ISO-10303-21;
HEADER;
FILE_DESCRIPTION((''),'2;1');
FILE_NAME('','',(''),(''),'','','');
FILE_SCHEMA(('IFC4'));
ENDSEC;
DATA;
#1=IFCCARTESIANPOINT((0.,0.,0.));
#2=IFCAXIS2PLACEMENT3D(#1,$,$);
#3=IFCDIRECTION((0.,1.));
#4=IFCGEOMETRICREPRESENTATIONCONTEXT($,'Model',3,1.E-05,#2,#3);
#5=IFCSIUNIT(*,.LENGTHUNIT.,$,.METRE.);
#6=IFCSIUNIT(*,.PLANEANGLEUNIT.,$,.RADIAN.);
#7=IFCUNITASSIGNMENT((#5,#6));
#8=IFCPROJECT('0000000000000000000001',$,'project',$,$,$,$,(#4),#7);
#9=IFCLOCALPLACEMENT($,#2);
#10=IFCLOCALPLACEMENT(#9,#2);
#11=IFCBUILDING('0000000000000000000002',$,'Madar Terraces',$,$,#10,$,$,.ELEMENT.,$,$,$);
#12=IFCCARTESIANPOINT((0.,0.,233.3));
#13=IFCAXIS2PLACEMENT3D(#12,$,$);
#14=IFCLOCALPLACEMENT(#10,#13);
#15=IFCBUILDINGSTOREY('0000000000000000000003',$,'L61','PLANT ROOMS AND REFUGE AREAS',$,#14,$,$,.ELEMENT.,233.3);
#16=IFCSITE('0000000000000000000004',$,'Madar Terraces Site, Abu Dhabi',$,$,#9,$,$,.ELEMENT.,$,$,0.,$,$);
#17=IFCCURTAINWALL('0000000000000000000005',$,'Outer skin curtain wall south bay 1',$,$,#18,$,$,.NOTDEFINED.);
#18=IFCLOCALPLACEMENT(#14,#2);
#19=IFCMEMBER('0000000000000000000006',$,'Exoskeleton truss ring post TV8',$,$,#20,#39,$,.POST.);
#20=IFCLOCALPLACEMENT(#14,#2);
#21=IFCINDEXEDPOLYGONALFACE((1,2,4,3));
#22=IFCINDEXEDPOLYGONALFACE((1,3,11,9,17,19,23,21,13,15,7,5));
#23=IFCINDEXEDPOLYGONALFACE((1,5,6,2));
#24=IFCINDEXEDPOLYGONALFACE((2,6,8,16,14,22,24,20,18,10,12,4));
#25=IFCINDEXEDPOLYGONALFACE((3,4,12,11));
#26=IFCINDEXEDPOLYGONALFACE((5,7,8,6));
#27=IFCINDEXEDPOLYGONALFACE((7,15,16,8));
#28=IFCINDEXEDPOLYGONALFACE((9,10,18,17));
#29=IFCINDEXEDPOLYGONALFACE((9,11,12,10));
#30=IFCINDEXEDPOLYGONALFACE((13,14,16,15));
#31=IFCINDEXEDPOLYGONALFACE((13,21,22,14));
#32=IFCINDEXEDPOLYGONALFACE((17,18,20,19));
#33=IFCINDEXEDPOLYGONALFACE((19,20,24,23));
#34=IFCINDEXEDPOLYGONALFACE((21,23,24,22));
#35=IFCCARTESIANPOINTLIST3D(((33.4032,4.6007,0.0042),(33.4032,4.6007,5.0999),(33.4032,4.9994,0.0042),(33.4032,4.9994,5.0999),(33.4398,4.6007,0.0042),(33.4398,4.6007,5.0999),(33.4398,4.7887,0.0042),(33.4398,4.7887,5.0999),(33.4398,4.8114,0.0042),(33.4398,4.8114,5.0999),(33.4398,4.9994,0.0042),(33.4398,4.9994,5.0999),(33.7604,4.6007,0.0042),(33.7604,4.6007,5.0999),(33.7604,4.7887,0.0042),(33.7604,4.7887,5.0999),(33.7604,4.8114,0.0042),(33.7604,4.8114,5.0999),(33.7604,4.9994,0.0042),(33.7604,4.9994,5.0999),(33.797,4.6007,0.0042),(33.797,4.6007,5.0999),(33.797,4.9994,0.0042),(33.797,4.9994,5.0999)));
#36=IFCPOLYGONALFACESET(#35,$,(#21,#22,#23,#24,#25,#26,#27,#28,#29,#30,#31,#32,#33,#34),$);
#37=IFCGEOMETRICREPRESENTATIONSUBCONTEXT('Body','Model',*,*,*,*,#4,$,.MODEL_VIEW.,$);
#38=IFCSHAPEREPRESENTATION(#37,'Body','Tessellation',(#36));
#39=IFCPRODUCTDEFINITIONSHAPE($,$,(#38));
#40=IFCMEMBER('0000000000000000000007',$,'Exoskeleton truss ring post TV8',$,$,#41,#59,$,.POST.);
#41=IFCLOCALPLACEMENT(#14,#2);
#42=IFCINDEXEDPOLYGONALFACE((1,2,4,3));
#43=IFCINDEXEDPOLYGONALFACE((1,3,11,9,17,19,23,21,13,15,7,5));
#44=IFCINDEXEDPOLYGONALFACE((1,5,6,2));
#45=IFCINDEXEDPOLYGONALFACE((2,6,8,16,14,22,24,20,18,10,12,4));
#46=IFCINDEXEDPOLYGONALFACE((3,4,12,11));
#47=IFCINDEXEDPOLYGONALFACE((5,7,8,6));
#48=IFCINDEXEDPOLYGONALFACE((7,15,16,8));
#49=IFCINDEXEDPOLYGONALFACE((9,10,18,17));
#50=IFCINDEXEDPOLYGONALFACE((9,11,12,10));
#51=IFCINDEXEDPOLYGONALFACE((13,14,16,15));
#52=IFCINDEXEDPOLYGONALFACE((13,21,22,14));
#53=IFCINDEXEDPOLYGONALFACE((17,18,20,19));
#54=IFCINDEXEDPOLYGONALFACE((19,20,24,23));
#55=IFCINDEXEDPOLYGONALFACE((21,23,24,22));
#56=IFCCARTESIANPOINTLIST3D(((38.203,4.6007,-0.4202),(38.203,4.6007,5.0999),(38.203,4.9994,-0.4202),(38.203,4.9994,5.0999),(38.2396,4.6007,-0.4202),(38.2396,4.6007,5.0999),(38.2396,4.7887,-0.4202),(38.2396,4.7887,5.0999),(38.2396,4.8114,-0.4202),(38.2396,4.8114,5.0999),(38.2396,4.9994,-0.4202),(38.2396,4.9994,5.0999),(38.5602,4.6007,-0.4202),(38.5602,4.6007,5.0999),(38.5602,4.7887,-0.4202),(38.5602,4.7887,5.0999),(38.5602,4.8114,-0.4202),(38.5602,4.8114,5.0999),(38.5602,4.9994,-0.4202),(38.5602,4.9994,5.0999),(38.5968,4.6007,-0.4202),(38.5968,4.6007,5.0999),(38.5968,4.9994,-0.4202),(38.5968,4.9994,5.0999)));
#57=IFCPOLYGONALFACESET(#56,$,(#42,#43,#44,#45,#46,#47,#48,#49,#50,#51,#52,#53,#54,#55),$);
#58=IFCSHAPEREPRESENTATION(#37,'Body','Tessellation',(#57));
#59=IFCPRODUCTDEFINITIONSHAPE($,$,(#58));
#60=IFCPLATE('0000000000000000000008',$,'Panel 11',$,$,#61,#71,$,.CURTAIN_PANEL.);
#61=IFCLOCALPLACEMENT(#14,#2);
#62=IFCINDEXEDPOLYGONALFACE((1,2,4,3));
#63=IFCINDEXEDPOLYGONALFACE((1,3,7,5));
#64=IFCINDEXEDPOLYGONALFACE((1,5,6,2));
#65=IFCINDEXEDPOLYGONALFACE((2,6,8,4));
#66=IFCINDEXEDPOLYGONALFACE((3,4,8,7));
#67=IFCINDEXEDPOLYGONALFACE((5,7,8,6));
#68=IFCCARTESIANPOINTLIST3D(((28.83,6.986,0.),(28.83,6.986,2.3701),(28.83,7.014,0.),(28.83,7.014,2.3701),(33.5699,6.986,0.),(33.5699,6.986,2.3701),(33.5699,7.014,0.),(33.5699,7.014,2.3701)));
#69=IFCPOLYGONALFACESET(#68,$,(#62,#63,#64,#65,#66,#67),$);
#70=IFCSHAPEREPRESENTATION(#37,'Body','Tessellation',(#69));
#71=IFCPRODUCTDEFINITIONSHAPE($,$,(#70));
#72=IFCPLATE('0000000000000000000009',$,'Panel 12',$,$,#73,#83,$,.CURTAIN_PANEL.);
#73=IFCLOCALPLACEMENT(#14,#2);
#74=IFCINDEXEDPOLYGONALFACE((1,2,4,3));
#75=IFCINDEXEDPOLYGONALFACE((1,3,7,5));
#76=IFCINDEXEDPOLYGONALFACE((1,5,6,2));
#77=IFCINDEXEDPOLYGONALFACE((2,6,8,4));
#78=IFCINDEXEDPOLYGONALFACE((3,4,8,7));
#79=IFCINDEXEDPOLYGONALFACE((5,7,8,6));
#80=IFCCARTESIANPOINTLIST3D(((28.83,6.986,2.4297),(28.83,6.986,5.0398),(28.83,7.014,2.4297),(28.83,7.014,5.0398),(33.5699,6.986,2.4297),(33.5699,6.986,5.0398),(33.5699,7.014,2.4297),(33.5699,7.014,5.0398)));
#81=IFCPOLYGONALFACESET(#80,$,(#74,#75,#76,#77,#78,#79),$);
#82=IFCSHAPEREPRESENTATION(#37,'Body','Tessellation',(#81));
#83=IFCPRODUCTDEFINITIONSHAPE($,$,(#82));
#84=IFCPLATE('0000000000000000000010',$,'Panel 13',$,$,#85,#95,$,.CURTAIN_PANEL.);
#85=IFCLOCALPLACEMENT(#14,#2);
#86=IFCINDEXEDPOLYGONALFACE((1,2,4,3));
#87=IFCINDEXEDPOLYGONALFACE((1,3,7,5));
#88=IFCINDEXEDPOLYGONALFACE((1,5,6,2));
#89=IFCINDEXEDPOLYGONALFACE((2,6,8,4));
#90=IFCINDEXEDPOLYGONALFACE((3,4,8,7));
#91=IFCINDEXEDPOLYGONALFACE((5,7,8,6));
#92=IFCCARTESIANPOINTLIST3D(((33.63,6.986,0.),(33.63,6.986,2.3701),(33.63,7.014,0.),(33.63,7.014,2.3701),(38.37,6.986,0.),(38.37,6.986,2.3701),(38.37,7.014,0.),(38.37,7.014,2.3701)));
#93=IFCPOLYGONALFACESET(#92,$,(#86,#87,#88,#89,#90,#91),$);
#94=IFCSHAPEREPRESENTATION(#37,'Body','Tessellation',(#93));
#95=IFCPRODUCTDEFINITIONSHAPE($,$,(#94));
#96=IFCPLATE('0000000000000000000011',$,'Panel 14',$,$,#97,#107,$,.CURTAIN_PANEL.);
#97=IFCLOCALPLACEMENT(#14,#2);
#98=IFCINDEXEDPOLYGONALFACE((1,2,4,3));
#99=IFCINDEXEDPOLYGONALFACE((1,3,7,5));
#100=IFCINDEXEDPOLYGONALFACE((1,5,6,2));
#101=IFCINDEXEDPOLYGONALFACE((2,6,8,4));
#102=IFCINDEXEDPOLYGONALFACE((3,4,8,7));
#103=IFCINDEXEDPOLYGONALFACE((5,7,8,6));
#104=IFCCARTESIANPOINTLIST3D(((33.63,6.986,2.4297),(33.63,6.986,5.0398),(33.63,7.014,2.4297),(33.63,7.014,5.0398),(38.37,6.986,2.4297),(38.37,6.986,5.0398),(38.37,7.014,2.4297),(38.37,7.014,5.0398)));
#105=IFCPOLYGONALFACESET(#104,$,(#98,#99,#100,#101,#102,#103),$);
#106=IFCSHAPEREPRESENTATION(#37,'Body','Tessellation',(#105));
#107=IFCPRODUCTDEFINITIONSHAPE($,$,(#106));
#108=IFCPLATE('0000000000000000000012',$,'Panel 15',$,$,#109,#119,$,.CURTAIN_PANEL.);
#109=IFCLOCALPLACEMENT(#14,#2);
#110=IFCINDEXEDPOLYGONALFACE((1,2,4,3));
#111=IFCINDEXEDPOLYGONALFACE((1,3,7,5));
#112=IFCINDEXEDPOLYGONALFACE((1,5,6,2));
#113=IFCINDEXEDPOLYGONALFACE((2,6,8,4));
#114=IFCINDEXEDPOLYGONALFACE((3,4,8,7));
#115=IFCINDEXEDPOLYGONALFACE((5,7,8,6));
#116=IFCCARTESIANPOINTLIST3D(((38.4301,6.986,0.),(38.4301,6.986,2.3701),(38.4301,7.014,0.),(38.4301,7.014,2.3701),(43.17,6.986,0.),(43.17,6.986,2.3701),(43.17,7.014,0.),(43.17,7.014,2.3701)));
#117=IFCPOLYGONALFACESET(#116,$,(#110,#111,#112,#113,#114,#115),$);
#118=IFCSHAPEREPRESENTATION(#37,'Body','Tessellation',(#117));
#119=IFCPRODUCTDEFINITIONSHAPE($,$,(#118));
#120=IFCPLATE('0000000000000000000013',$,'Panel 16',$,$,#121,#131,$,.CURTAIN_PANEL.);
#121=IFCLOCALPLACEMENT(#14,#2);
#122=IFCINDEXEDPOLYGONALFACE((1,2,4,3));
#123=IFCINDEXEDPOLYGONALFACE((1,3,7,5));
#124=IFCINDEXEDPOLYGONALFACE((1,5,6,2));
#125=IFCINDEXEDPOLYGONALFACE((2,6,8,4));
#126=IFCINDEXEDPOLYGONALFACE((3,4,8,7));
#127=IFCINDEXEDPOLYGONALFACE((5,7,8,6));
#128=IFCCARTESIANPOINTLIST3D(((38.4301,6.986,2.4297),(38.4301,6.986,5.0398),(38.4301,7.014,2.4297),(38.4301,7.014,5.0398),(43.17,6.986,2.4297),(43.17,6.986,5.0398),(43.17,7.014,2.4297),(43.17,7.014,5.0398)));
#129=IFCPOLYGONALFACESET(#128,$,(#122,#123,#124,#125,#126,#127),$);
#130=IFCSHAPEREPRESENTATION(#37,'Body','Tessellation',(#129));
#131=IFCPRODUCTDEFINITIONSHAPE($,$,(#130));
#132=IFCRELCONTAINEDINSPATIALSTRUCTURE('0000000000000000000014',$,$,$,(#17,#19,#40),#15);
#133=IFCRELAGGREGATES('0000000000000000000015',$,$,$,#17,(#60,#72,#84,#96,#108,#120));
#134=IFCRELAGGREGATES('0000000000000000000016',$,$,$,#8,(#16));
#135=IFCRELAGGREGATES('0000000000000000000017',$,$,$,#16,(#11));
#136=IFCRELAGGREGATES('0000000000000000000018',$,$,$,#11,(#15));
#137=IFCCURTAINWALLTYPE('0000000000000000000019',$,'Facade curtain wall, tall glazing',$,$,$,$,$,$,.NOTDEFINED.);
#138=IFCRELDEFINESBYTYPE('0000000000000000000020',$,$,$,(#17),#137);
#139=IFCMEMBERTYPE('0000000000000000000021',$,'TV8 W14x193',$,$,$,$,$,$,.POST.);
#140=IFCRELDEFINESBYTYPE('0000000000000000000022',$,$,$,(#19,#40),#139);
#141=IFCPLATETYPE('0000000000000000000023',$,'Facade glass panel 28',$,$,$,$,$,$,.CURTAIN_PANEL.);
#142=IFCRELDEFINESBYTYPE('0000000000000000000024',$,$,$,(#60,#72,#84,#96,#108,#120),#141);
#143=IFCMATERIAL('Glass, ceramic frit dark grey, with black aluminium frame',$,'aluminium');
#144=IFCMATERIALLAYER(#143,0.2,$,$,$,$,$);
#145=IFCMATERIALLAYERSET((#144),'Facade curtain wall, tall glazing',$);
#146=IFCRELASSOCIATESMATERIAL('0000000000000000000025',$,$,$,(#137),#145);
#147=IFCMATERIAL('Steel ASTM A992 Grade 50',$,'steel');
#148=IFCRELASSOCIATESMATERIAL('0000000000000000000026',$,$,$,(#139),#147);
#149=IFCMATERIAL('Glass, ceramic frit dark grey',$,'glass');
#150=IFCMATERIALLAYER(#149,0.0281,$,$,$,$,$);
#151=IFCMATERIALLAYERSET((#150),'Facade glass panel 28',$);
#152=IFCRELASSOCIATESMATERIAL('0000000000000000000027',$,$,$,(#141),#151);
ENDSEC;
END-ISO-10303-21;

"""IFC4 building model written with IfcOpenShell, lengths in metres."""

from ifc_helpers import new_model, si_unit, direction, frame, origin, origin_2d, place, context, subcontext, project, spatial, rectangle, i_section, extrude, material, layer, layer_set, material_profile, profile_set, type_object, element, aggregate, save


model = new_model("IFC4")

# Units and contexts
model_context = context("Model", 3, precision=1e-05, world=origin(), true_north=direction((0.0, 1.0)))
body_context = subcontext(model_context, "Body", "Model", "MODEL_VIEW")
ifc_project = project(units=[si_unit("LENGTHUNIT", "METRE"), si_unit("PLANEANGLEUNIT", "RADIAN")], contexts=[model_context])

# Site, building, storey
site_placement = place(None, origin())
site = spatial("IfcSite", under=ifc_project, at=site_placement, Name="Madar Terraces Site, Abu Dhabi", CompositionType="ELEMENT", RefElevation=0.0)
building_placement = place(site_placement, origin())
building = spatial("IfcBuilding", under=site, at=building_placement, Name="Madar Terraces", CompositionType="ELEMENT")
storey_placement = place(building_placement, frame((0.0, 0.0, 233.3)))
storey = spatial("IfcBuildingStorey", under=building, at=storey_placement, Name="L61", Description="PLANT ROOMS AND REFUGE AREAS", CompositionType="ELEMENT", Elevation=233.3)

# Curtain wall
ifc_material_1 = material(Name="Glass, ceramic frit dark grey, with black aluminium frame", Category="aluminium")
ifc_layer_1 = layer(ifc_material_1, 0.2)
ifc_layer_set_1 = layer_set([ifc_layer_1], Name="Facade curtain wall, tall glazing")
curtain_wall_type = type_object("IfcCurtainWallType", Name="Facade curtain wall, tall glazing", PredefinedType="NOTDEFINED", material=ifc_layer_set_1)
curtain_wall_placement = place(storey_placement, origin())
curtain_wall = element("IfcCurtainWall", 1, at=curtain_wall_placement, inside=storey, type_object=curtain_wall_type, Name="Outer skin curtain wall south bay 1", PredefinedType="NOTDEFINED")

# Members
ifc_material_2 = material(Name="Steel ASTM A992 Grade 50", Category="steel")
ifc_material_profile_1 = material_profile(ifc_material_2, i_section(OverallWidth=0.3987, OverallDepth=0.3938, WebThickness=0.0227, FlangeThickness=0.0366, at=origin_2d()), Name="W14x193")
ifc_profile_set_1 = profile_set([ifc_material_profile_1], Name="Steel ASTM A992 Grade 50")
member_type_1 = type_object("IfcMemberType", Name="TV8 W14x193", PredefinedType="POST", material=ifc_profile_set_1)
member_1_placement = place(storey_placement, frame((33.6001, 4.8, 0.0042), z_axis=(0.0, 0.0, 1.0), x_axis=(0.0, 1.0, 0.0)))
element("IfcMember", 2, at=member_1_placement, inside=storey, type_object=member_type_1, Name="Exoskeleton truss ring post TV8", PredefinedType="POST", context=body_context, shape_type="SweptSolid", body=[
    extrude(i_section(OverallWidth=0.3987, OverallDepth=0.3938, WebThickness=0.0227, FlangeThickness=0.0366, at=origin_2d()), origin(), (0.0, 0.0, 1.0), 5.0957),
])
member_2_placement = place(storey_placement, frame((38.3999, 4.8, -0.4202), z_axis=(0.0, 0.0, 1.0), x_axis=(0.0, 1.0, 0.0)))
element("IfcMember", 3, at=member_2_placement, inside=storey, type_object=member_type_1, Name="Exoskeleton truss ring post TV8", PredefinedType="POST", context=body_context, shape_type="SweptSolid", body=[
    extrude(i_section(OverallWidth=0.3987, OverallDepth=0.3938, WebThickness=0.0227, FlangeThickness=0.0366, at=origin_2d()), origin(), (0.0, 0.0, 1.0), 5.52),
])

# Plates
ifc_material_3 = material(Name="Glass, ceramic frit dark grey", Category="glass")
ifc_layer_2 = layer(ifc_material_3, 0.0281)
ifc_layer_set_2 = layer_set([ifc_layer_2], Name="Facade glass panel 28")
plate_type = type_object("IfcPlateType", Name="Facade glass panel 28", PredefinedType="CURTAIN_PANEL", material=ifc_layer_set_2)
plate_1_placement = place(storey_placement, frame((31.2, 7.0, 0.0), z_axis=(0.0, 0.0, 1.0), x_axis=(1.0, 0.0, 0.0)))
plate_1 = element("IfcPlate", 4, at=plate_1_placement, type_object=plate_type, Name="Panel 11", PredefinedType="CURTAIN_PANEL", context=body_context, shape_type="SweptSolid", body=[
    extrude(rectangle(XDim=4.74, YDim=0.0281, at=origin_2d()), origin(), (0.0, 0.0, 1.0), 2.3701),
])
plate_2_placement = place(storey_placement, frame((31.2, 7.0, 2.4297), z_axis=(0.0, 0.0, 1.0), x_axis=(1.0, 0.0, 0.0)))
plate_2 = element("IfcPlate", 5, at=plate_2_placement, type_object=plate_type, Name="Panel 12", PredefinedType="CURTAIN_PANEL", context=body_context, shape_type="SweptSolid", body=[
    extrude(rectangle(XDim=4.74, YDim=0.0281, at=origin_2d()), origin(), (0.0, 0.0, 1.0), 2.6101),
])
plate_3_placement = place(storey_placement, frame((36.0, 7.0, 0.0), z_axis=(0.0, 0.0, 1.0), x_axis=(1.0, 0.0, 0.0)))
plate_3 = element("IfcPlate", 6, at=plate_3_placement, type_object=plate_type, Name="Panel 13", PredefinedType="CURTAIN_PANEL", context=body_context, shape_type="SweptSolid", body=[
    extrude(rectangle(XDim=4.74, YDim=0.0281, at=origin_2d()), origin(), (0.0, 0.0, 1.0), 2.3701),
])
plate_4_placement = place(storey_placement, frame((36.0, 7.0, 2.4297), z_axis=(0.0, 0.0, 1.0), x_axis=(1.0, 0.0, 0.0)))
plate_4 = element("IfcPlate", 7, at=plate_4_placement, type_object=plate_type, Name="Panel 14", PredefinedType="CURTAIN_PANEL", context=body_context, shape_type="SweptSolid", body=[
    extrude(rectangle(XDim=4.74, YDim=0.0281, at=origin_2d()), origin(), (0.0, 0.0, 1.0), 2.6101),
])
plate_5_placement = place(storey_placement, frame((40.8, 7.0, 0.0), z_axis=(0.0, 0.0, 1.0), x_axis=(1.0, 0.0, 0.0)))
plate_5 = element("IfcPlate", 8, at=plate_5_placement, type_object=plate_type, Name="Panel 15", PredefinedType="CURTAIN_PANEL", context=body_context, shape_type="SweptSolid", body=[
    extrude(rectangle(XDim=4.74, YDim=0.0281, at=origin_2d()), origin(), (0.0, 0.0, 1.0), 2.3701),
])
plate_6_placement = place(storey_placement, frame((40.8, 7.0, 2.4297), z_axis=(0.0, 0.0, 1.0), x_axis=(1.0, 0.0, 0.0)))
plate_6 = element("IfcPlate", 9, at=plate_6_placement, type_object=plate_type, Name="Panel 16", PredefinedType="CURTAIN_PANEL", context=body_context, shape_type="SweptSolid", body=[
    extrude(rectangle(XDim=4.74, YDim=0.0281, at=origin_2d()), origin(), (0.0, 0.0, 1.0), 2.6101),
])
aggregate(curtain_wall, [plate_1, plate_2, plate_3, plate_4, plate_5, plate_6])

save(model, "model.ifc")
